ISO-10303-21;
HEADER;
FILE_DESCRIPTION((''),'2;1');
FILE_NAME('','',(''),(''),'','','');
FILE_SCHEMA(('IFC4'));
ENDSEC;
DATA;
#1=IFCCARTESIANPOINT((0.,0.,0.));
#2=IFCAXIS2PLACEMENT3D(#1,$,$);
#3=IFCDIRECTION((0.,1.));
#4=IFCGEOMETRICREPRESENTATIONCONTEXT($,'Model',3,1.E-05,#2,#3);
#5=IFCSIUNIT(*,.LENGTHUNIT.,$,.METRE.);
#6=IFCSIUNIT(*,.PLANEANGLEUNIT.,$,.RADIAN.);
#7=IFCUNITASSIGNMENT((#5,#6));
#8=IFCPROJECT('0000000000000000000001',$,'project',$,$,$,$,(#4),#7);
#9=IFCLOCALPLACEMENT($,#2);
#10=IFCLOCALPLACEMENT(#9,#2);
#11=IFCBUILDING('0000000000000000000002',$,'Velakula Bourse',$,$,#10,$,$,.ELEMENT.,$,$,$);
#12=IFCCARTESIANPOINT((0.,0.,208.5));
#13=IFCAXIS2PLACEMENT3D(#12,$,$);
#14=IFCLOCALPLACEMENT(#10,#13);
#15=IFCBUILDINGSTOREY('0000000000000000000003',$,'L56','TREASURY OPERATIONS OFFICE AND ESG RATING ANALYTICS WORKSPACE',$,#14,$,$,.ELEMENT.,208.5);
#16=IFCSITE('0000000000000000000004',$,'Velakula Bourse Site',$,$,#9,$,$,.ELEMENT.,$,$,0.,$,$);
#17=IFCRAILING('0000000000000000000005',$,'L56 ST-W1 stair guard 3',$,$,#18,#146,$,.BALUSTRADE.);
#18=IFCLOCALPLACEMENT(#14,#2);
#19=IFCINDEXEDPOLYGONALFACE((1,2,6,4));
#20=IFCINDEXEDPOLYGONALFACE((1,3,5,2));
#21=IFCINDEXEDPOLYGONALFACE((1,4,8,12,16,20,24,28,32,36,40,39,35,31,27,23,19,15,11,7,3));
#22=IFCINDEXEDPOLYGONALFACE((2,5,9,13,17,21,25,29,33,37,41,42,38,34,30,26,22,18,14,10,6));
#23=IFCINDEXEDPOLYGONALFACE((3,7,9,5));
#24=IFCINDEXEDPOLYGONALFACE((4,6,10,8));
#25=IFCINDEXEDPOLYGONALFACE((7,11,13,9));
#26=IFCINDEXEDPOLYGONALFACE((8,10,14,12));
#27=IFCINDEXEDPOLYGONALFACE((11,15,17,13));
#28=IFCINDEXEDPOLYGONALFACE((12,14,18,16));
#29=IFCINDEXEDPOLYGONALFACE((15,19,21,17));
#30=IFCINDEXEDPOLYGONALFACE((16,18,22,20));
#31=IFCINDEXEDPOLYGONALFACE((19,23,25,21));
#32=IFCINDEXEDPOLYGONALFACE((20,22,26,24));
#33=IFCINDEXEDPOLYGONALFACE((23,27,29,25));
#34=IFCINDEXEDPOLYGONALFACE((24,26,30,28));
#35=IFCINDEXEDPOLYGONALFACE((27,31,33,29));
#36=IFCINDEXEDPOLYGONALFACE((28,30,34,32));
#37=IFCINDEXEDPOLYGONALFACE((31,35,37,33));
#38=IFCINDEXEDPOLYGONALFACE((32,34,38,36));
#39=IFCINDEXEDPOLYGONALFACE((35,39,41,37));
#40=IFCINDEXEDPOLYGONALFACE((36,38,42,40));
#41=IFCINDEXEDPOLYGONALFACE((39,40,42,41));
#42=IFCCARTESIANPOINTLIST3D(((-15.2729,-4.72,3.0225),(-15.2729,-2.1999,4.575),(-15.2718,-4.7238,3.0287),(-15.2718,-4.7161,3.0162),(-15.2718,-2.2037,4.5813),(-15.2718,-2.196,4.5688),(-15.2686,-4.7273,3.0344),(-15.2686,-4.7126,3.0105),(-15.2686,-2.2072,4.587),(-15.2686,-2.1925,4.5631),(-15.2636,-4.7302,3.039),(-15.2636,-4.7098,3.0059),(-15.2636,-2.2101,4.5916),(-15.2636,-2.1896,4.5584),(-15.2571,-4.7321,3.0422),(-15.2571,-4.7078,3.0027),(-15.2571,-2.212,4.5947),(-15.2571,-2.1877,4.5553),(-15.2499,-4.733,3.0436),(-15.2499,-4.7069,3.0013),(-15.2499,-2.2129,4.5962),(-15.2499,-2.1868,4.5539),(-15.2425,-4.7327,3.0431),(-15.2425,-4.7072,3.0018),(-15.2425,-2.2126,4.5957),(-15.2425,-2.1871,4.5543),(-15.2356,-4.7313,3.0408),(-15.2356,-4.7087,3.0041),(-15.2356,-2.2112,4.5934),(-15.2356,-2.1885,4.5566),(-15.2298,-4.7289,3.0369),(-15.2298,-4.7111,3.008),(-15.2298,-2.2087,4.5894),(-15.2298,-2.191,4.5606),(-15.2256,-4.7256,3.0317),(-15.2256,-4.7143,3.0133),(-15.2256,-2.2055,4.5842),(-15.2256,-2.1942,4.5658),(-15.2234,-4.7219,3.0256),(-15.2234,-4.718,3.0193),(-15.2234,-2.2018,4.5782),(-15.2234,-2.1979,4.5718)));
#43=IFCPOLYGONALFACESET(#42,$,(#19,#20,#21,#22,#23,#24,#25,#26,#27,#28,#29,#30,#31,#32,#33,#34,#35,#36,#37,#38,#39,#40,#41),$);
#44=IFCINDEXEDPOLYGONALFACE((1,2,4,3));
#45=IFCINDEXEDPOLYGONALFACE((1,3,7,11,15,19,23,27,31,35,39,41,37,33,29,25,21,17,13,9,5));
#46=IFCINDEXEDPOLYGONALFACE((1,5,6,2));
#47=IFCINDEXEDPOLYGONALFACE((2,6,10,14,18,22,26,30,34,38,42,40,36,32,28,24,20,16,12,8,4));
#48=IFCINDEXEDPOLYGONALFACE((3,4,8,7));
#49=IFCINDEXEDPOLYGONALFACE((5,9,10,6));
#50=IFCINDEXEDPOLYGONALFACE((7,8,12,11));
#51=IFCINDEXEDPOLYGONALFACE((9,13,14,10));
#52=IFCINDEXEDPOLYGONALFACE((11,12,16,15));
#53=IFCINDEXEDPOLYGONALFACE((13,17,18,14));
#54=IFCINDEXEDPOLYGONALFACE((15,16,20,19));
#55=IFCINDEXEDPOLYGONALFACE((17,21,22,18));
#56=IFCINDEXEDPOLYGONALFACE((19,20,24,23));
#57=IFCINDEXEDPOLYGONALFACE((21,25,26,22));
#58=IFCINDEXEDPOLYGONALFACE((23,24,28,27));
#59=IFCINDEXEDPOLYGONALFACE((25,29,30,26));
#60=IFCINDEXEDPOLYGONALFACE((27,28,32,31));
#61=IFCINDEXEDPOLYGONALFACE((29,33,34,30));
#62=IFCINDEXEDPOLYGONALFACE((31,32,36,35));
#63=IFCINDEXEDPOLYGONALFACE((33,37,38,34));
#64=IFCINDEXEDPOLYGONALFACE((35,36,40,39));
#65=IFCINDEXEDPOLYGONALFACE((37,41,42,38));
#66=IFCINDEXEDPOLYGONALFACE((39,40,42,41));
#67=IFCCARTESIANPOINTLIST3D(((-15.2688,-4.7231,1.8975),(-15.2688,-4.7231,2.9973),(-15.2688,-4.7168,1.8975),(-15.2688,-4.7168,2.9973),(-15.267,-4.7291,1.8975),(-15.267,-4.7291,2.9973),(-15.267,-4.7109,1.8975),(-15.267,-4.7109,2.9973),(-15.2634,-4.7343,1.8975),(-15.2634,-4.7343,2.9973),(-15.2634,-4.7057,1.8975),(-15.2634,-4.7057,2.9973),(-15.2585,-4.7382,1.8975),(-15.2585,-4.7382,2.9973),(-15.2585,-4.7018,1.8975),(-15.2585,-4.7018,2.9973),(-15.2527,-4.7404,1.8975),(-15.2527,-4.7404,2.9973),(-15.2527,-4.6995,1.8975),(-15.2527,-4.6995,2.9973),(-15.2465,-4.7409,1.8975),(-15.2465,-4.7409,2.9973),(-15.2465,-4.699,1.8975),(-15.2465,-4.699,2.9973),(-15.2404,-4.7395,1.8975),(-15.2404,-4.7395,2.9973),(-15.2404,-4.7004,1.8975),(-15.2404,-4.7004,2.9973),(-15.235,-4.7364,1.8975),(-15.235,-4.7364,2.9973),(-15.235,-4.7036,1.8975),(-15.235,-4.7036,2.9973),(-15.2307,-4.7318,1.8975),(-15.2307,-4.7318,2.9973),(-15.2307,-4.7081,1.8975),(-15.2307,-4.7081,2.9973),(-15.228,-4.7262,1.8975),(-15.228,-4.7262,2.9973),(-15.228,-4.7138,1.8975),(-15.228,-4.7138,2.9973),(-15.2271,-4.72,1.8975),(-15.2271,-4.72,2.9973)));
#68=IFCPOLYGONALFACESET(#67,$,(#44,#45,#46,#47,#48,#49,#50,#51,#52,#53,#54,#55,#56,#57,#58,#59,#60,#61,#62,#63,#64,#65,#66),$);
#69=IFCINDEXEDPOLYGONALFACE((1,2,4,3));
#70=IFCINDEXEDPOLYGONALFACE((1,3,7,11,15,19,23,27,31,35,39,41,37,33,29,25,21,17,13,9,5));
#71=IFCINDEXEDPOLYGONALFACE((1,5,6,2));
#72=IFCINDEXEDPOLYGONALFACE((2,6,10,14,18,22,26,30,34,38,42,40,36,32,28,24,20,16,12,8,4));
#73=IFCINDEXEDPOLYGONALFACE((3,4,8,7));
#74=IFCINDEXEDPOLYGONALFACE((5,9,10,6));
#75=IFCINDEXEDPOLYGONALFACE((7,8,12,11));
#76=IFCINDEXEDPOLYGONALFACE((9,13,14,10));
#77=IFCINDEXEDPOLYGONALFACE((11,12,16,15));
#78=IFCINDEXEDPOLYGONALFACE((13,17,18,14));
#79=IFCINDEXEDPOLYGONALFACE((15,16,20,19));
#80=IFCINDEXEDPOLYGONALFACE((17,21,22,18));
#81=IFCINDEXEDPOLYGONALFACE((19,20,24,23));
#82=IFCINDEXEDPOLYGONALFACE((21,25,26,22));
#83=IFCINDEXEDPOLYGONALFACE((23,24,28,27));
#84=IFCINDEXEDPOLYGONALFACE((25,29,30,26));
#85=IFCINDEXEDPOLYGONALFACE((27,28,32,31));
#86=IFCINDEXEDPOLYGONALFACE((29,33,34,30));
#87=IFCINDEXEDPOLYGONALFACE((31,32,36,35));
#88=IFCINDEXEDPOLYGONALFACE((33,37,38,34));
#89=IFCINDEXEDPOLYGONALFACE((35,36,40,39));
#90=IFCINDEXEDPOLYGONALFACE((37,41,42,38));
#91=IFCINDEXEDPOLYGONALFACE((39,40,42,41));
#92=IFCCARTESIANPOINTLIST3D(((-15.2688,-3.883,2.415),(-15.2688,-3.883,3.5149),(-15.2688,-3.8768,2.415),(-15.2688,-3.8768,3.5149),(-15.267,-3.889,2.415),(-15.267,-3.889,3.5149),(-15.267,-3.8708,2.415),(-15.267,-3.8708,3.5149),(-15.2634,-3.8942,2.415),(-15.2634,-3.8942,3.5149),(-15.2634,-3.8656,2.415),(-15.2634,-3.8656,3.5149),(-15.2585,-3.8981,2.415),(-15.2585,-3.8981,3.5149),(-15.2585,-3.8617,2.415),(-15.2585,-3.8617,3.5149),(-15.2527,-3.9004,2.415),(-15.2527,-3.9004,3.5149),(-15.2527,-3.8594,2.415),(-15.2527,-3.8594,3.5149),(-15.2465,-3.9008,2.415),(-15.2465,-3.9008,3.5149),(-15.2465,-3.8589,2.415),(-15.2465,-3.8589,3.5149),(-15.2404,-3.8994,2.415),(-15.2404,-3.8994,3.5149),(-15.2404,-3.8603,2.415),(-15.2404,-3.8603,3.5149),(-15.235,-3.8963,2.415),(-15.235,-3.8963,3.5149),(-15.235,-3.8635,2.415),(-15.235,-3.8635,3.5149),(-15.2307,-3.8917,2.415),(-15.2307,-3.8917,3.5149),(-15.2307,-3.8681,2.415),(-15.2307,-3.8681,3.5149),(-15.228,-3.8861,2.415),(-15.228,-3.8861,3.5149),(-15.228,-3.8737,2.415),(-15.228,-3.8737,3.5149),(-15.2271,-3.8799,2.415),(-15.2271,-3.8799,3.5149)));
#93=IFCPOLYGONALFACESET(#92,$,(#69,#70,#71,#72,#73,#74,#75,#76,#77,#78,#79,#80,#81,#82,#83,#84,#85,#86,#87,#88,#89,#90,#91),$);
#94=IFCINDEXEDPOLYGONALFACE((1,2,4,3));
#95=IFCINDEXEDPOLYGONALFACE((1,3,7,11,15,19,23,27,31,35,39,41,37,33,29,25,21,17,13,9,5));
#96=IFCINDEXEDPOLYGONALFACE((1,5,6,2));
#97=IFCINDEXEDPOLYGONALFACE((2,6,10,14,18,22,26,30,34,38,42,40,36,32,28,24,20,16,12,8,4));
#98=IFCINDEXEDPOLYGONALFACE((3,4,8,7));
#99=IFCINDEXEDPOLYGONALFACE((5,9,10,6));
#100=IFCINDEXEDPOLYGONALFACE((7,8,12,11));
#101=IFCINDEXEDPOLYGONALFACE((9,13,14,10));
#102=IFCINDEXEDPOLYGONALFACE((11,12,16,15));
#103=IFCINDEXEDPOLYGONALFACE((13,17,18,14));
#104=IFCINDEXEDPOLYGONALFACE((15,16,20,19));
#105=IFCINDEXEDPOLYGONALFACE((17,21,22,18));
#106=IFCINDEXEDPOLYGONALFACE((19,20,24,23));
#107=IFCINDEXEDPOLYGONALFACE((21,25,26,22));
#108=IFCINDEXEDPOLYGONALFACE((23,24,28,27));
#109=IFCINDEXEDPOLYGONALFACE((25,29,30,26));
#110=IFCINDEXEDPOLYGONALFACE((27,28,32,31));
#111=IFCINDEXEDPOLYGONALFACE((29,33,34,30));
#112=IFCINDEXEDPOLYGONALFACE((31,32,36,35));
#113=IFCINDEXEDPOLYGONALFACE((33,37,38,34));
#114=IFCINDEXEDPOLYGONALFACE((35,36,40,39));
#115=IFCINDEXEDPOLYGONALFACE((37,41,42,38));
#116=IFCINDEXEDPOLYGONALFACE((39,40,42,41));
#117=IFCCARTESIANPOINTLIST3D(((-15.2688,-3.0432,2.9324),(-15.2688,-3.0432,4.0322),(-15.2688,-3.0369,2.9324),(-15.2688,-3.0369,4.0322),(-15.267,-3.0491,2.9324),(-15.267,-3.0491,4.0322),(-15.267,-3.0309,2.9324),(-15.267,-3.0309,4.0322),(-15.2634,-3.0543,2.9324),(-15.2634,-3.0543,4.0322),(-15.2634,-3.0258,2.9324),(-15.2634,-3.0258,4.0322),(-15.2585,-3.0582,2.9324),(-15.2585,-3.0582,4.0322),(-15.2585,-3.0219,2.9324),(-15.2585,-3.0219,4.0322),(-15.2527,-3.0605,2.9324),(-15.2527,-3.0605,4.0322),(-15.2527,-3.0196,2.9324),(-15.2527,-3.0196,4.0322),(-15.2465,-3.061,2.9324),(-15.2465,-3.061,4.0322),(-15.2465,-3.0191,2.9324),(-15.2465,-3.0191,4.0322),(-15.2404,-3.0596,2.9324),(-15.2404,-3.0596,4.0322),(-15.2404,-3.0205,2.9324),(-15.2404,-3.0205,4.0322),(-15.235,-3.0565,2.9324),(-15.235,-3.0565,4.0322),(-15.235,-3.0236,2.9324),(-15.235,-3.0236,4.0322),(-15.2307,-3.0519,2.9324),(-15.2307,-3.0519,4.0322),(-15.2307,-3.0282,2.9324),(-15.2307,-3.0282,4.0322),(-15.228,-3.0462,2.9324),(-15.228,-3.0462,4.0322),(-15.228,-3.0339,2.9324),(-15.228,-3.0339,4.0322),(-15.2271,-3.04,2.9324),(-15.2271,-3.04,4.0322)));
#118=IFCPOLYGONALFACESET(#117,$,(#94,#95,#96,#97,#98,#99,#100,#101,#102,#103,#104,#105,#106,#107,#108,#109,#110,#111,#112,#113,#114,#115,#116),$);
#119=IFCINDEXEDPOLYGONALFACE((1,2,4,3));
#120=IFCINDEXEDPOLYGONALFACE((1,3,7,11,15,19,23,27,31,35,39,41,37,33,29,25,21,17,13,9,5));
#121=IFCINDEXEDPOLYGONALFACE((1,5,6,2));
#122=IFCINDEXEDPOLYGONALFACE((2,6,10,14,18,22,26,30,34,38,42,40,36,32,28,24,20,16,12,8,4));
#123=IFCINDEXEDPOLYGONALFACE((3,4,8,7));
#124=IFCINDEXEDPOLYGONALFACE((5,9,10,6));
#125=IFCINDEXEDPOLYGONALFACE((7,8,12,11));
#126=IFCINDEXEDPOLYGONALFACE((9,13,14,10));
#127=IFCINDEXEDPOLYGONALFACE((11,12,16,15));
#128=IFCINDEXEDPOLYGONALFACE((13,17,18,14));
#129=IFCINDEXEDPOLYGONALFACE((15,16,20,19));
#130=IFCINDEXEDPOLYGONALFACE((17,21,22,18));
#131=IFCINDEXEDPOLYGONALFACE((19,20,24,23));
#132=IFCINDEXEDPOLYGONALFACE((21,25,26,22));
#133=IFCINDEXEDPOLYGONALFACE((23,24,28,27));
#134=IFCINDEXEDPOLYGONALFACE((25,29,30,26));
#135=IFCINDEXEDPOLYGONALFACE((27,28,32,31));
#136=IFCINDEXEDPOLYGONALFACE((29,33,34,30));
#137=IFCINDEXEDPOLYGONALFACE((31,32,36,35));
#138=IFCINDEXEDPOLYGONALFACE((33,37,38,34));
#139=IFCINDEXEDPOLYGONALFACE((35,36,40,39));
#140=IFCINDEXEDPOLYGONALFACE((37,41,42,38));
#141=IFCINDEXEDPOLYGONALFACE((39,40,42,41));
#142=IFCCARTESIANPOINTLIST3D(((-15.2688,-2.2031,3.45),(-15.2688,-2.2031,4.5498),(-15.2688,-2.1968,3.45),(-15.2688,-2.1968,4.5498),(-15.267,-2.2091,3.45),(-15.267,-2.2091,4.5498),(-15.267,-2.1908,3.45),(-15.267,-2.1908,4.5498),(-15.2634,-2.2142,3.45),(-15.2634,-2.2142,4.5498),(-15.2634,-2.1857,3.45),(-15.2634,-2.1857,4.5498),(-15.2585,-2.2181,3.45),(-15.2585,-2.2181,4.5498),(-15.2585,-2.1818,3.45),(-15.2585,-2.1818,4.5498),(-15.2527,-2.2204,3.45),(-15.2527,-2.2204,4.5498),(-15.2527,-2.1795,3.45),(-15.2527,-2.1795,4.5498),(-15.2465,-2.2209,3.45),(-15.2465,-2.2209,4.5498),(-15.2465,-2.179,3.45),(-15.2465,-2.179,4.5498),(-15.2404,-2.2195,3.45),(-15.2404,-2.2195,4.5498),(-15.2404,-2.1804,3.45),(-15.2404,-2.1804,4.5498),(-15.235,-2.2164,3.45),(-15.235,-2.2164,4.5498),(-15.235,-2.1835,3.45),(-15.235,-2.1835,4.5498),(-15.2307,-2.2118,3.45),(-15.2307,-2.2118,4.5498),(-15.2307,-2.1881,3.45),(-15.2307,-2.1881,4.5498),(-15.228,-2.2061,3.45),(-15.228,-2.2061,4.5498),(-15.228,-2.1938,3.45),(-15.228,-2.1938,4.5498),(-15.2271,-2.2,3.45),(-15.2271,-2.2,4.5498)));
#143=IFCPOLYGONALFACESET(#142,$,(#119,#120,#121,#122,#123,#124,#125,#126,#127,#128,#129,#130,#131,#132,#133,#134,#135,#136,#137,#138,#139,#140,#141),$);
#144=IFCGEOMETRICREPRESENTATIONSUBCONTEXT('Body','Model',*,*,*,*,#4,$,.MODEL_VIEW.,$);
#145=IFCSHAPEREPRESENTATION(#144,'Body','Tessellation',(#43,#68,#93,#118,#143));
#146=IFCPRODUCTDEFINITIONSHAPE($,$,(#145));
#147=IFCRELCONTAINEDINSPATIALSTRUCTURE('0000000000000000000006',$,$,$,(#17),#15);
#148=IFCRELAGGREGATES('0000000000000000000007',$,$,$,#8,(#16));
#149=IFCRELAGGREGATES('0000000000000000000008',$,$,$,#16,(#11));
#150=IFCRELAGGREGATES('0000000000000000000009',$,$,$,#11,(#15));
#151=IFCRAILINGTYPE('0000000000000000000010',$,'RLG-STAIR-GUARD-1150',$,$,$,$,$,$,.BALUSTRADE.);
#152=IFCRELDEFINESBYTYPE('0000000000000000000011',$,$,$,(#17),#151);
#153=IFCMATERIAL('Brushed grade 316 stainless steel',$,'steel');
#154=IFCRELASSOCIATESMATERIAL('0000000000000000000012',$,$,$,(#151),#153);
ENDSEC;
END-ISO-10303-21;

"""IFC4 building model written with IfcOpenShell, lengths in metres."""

from ifc_helpers import new_model, si_unit, direction, frame, origin, origin_2d, place, context, subcontext, project, spatial, circle, extrude, material, type_object, element, save


model = new_model("IFC4")

# Units and contexts
model_context = context("Model", 3, precision=1e-05, world=origin(), true_north=direction((0.0, 1.0)))
body_context = subcontext(model_context, "Body", "Model", "MODEL_VIEW")
ifc_project = project(units=[si_unit("LENGTHUNIT", "METRE"), si_unit("PLANEANGLEUNIT", "RADIAN")], contexts=[model_context])

# Site, building, storey
site_placement = place(None, origin())
site = spatial("IfcSite", under=ifc_project, at=site_placement, Name="Velakula Bourse Site", CompositionType="ELEMENT", RefElevation=0.0)
building_placement = place(site_placement, origin())
building = spatial("IfcBuilding", under=site, at=building_placement, Name="Velakula Bourse", CompositionType="ELEMENT")
storey_placement = place(building_placement, frame((0.0, 0.0, 208.5)))
storey = spatial("IfcBuildingStorey", under=building, at=storey_placement, Name="L56", Description="TREASURY OPERATIONS OFFICE AND ESG RATING ANALYTICS WORKSPACE", CompositionType="ELEMENT", Elevation=208.5)

# Shared definitions
ifc_material_1 = material(Name="Brushed grade 316 stainless steel", Category="steel")

# Railing
railing_type_1 = type_object("IfcRailingType", Name="RLG-STAIR-GUARD-1150", PredefinedType="BALUSTRADE", material=ifc_material_1)
railing_1_placement = place(storey_placement, frame((-15.248, -4.72, 1.8975)))
element("IfcRailing", 1, at=railing_1_placement, inside=storey, type_object=railing_type_1, Name="L56 ST-W1 stair guard 3", PredefinedType="BALUSTRADE", context=body_context, shape_type="SweptSolid", body=[
    extrude(circle(Radius=0.0249, at=origin_2d()), frame((0.0, 0.0, 1.125), z_axis=(0.0, 0.8514, 0.524516), x_axis=(-1.0, 0.0, 0.0)), (0.0, 0.0, 1.0), 2.96),
    extrude(circle(Radius=0.021, at=origin_2d()), origin(), (0.0, 0.0, 1.0), 1.0999),
    extrude(circle(Radius=0.021, at=origin_2d()), frame((0.0, 0.8401, 0.5176)), (0.0, 0.0, 1.0), 1.0999),
    extrude(circle(Radius=0.021, at=origin_2d()), frame((0.0, 1.6799, 1.0349)), (0.0, 0.0, 1.0), 1.0999),
    extrude(circle(Radius=0.021, at=origin_2d()), frame((0.0, 2.52, 1.5525)), (0.0, 0.0, 1.0), 1.0999),
])

save(model, "model.ifc")
